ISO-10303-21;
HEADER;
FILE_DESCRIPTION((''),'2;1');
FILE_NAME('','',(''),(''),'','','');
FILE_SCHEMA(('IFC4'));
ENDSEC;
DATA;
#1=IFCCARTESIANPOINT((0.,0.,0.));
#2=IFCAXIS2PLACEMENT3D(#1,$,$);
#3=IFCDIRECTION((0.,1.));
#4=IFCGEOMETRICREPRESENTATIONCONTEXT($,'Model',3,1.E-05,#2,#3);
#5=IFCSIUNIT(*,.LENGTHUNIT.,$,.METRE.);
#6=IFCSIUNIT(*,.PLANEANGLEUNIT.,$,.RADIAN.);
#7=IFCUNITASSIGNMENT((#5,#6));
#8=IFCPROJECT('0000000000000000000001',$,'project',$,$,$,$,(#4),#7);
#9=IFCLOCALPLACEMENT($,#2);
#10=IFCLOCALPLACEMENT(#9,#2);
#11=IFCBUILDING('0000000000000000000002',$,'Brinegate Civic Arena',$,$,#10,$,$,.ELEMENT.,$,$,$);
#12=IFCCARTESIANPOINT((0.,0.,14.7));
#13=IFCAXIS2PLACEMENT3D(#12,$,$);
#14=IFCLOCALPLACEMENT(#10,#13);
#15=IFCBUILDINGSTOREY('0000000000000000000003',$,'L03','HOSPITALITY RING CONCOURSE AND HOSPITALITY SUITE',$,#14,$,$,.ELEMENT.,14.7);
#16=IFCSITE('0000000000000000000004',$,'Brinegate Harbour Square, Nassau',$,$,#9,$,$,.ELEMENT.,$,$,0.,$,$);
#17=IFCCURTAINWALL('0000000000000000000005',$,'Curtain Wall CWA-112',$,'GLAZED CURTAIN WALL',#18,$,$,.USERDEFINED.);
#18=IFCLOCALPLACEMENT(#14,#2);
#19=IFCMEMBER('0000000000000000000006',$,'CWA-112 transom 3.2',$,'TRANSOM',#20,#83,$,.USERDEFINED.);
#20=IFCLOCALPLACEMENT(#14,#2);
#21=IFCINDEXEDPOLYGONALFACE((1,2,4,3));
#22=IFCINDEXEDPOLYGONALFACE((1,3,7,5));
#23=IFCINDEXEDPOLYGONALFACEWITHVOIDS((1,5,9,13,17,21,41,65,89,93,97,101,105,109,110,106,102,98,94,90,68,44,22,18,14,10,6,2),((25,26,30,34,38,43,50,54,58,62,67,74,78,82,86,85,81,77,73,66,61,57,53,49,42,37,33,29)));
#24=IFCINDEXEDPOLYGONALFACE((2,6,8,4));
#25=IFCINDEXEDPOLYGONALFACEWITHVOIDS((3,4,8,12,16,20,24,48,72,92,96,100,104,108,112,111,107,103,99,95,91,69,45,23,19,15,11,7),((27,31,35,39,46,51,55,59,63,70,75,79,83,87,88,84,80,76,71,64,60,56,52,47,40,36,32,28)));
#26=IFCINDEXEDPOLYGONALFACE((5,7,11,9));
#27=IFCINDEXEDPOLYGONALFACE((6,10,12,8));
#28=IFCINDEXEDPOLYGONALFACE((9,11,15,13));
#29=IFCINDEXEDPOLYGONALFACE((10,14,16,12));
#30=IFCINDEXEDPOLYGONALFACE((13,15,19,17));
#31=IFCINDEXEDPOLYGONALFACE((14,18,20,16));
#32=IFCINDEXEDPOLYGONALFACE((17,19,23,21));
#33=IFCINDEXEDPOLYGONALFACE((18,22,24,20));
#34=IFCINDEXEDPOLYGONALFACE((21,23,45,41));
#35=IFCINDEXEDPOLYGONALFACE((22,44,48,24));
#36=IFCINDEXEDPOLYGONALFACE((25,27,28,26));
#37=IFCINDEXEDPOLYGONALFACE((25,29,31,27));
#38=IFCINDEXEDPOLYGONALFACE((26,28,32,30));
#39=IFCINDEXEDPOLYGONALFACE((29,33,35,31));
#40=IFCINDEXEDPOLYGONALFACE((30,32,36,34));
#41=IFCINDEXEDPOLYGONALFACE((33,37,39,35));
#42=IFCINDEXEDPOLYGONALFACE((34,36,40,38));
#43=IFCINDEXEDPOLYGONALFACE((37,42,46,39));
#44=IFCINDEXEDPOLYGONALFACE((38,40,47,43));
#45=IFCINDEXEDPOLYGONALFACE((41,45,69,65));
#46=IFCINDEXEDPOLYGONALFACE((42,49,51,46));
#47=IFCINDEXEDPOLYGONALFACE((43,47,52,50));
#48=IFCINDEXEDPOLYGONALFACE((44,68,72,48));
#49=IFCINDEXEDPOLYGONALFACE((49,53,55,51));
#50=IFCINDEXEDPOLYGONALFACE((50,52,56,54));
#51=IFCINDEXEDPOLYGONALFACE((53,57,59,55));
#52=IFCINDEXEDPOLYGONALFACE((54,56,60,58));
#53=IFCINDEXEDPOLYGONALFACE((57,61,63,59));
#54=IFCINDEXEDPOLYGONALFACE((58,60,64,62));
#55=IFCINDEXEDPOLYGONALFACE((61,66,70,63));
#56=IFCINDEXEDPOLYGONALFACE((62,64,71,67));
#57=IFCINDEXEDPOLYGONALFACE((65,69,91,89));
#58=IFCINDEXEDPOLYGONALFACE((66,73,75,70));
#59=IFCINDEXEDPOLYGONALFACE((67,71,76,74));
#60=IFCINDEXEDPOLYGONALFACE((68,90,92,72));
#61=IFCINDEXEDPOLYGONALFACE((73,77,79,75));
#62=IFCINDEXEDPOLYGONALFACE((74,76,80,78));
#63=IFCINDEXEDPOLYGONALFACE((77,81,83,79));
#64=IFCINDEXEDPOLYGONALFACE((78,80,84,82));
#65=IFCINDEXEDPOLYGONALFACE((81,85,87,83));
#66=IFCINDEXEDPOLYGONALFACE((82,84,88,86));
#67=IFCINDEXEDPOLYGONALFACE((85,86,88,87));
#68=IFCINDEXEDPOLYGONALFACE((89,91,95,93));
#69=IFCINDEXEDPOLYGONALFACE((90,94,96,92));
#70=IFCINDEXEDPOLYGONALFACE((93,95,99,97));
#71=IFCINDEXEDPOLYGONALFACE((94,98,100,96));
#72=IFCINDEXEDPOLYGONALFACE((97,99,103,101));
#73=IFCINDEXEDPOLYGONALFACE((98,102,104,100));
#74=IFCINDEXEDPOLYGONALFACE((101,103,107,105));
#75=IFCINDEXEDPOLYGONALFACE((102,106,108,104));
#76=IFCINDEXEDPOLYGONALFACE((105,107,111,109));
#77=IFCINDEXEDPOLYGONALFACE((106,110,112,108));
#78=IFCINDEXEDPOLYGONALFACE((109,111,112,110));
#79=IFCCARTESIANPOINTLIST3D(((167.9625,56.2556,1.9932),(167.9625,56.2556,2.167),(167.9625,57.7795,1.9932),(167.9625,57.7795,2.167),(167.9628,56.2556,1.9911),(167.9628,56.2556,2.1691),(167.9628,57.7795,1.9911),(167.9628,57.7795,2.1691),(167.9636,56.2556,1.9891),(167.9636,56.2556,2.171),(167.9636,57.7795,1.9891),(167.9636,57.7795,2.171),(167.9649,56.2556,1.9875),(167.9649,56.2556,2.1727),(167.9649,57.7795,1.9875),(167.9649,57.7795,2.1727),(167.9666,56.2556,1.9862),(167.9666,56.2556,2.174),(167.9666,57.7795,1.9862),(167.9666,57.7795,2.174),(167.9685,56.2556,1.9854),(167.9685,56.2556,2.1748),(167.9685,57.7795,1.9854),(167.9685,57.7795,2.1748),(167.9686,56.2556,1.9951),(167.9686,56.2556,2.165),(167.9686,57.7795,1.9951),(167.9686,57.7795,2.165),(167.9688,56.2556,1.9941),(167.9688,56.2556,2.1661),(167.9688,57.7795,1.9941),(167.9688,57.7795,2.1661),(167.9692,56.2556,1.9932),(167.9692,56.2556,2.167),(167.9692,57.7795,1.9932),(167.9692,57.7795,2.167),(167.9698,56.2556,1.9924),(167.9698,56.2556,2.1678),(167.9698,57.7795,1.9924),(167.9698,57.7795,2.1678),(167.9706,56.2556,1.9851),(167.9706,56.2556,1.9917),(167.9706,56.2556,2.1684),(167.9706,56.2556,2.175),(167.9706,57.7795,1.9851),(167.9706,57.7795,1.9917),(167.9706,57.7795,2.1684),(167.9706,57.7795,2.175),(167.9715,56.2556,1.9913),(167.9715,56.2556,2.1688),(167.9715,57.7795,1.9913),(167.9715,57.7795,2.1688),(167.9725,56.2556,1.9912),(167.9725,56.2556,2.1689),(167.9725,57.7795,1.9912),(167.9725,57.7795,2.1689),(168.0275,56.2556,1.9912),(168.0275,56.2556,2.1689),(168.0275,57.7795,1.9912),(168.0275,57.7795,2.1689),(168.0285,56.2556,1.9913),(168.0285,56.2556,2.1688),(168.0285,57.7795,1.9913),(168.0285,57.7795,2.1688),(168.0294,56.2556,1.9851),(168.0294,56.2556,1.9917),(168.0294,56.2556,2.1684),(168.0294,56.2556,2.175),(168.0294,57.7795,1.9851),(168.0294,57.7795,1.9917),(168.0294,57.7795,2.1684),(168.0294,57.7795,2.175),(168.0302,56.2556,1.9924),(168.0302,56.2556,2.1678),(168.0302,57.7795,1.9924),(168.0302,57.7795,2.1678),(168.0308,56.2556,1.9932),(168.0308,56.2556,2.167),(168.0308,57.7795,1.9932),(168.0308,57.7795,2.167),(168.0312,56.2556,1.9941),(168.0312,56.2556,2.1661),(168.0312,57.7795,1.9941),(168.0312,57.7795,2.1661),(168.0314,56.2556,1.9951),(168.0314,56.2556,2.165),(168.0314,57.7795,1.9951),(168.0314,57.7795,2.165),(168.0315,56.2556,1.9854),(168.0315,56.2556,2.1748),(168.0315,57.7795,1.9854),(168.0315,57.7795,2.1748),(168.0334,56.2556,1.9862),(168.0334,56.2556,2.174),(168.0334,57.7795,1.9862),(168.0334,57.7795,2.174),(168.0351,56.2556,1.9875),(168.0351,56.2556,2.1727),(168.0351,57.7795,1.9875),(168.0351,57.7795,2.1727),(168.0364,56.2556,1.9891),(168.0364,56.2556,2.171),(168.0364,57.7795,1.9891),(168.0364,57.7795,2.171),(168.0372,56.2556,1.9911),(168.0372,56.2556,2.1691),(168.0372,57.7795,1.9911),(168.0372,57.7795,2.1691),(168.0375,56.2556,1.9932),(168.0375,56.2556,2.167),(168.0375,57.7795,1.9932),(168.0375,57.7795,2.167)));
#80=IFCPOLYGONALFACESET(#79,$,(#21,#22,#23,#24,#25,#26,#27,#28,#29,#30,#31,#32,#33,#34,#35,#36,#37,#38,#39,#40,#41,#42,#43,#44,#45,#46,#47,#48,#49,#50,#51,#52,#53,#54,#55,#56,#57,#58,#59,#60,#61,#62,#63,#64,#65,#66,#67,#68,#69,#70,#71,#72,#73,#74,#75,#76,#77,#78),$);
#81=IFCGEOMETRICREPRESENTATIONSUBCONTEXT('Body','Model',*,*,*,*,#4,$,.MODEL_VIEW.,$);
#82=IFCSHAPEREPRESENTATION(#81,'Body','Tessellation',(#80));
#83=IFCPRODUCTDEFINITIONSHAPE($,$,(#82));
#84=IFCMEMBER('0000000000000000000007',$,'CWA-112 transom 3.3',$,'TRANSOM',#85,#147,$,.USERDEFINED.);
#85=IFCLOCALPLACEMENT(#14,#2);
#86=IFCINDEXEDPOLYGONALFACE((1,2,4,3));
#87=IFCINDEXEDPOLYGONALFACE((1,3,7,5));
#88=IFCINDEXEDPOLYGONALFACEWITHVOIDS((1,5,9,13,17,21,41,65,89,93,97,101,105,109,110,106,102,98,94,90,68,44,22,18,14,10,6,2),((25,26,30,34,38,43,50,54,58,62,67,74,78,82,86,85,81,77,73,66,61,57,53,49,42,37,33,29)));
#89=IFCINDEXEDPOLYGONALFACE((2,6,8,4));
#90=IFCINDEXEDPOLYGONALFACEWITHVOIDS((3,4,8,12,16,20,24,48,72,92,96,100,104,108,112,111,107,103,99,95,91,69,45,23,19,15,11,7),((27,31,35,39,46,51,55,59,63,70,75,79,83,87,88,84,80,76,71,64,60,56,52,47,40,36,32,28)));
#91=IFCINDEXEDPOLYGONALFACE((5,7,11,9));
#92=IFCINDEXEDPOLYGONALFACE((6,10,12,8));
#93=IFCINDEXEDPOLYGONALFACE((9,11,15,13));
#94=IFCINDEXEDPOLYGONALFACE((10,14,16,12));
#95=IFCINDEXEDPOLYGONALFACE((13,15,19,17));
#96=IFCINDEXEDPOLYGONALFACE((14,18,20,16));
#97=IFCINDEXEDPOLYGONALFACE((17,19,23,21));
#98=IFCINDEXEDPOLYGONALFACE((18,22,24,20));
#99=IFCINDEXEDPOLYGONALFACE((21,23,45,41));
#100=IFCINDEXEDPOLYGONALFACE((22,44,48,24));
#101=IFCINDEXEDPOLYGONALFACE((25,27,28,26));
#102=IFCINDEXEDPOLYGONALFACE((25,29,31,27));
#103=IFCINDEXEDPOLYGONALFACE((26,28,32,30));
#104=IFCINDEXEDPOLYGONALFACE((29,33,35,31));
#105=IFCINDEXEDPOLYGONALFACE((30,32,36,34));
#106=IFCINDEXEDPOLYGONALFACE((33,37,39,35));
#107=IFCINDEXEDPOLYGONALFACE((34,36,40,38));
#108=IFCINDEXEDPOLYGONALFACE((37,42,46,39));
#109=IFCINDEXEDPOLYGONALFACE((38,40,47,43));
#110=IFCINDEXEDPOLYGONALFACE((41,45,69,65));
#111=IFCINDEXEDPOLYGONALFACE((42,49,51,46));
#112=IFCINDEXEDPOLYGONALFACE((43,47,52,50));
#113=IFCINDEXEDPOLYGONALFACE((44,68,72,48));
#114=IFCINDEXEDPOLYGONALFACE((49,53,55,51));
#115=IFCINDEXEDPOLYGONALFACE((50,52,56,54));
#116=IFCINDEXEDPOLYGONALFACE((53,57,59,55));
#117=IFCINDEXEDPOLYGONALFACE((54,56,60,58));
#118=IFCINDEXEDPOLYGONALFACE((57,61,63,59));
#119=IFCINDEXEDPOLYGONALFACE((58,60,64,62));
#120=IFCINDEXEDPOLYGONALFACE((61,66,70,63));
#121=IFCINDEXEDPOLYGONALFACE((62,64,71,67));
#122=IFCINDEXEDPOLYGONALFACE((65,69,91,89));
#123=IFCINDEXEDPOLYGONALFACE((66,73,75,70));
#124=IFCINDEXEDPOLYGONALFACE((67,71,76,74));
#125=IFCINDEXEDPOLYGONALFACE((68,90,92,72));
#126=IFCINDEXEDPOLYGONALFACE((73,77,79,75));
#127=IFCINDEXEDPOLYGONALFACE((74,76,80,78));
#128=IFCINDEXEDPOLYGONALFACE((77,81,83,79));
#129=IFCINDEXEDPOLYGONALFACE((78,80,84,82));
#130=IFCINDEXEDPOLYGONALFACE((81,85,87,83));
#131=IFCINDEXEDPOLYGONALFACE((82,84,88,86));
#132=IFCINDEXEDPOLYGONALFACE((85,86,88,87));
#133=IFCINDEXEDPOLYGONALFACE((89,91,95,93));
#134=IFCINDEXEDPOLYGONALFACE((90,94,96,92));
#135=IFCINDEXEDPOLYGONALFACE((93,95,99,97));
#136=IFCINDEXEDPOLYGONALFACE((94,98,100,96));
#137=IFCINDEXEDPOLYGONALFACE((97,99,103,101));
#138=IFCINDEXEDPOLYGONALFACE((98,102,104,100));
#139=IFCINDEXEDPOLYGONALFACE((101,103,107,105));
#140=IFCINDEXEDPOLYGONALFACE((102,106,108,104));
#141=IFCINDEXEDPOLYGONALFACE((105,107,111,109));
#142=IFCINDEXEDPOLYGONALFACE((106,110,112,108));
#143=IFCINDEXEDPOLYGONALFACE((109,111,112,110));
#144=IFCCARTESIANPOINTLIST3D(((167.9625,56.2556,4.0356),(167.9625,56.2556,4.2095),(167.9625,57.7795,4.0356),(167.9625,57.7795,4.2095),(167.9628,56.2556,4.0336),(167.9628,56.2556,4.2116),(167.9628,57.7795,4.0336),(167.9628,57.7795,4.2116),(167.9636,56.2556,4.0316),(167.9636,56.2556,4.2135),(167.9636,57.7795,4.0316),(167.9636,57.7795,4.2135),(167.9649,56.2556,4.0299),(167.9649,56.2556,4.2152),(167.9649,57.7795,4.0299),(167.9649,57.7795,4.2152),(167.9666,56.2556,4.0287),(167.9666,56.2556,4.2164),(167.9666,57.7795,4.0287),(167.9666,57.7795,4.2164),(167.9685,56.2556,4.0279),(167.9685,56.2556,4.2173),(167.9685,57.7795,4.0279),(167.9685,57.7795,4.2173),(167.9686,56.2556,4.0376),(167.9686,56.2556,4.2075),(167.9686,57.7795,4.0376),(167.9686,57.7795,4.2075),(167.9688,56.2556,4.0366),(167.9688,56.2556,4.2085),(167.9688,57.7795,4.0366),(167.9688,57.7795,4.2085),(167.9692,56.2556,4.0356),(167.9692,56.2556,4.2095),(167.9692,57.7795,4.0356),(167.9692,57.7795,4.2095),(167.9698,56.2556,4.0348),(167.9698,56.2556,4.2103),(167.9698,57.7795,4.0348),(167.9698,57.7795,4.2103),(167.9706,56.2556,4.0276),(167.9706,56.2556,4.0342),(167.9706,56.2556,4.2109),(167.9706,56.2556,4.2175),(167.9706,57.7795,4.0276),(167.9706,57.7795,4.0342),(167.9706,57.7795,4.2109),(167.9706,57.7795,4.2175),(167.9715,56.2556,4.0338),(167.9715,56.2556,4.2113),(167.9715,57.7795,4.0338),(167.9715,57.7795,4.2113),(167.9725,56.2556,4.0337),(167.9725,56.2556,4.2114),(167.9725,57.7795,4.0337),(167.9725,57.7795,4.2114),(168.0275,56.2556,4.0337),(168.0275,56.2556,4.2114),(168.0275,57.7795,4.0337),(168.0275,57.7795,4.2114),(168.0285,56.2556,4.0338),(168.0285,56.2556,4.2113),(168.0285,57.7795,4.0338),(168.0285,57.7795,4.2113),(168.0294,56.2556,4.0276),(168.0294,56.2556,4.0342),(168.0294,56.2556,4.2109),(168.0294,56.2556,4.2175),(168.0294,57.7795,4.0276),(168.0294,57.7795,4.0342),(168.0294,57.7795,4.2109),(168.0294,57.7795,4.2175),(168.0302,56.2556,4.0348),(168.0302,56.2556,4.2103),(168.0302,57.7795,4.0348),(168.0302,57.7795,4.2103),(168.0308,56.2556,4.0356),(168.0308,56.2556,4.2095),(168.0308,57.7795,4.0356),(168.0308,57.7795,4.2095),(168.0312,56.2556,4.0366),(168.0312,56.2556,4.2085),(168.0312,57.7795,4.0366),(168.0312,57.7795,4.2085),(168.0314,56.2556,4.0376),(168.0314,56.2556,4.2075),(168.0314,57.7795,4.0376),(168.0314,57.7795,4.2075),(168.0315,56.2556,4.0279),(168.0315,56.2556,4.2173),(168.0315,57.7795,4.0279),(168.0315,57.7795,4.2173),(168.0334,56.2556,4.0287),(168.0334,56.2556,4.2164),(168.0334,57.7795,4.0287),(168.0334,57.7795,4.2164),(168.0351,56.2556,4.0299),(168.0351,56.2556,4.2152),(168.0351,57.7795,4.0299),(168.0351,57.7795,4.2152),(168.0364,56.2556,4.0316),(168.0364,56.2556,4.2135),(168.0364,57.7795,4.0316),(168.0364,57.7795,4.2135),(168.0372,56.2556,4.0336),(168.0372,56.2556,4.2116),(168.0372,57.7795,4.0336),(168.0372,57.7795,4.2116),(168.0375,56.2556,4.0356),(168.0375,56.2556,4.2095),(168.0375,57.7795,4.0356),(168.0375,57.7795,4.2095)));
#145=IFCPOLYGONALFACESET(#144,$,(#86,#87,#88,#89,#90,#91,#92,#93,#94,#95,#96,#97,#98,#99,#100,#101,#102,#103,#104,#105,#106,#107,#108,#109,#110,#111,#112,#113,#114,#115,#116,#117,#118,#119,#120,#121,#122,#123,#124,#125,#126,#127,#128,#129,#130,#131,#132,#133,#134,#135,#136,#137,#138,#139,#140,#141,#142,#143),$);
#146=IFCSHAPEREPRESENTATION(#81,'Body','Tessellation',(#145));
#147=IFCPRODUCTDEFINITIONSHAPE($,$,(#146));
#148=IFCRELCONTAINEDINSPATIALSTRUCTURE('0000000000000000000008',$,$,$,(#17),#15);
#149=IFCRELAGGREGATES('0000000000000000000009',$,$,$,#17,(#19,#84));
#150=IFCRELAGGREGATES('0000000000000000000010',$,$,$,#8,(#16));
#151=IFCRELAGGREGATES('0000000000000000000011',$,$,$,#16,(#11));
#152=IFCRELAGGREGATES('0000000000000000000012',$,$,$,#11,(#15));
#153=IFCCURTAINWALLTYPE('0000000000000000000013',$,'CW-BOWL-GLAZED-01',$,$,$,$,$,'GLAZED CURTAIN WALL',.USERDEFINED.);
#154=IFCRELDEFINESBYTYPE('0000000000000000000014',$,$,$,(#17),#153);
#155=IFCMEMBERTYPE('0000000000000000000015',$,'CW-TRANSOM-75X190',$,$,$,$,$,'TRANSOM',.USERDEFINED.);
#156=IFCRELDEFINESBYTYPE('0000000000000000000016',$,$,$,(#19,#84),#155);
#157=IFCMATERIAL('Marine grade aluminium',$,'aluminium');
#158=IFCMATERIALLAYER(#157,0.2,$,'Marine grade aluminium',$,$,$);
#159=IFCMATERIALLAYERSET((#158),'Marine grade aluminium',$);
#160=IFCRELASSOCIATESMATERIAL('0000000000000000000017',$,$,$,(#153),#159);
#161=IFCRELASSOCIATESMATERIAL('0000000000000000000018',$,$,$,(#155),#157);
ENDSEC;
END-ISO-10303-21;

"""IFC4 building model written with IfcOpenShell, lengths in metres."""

from ifc_helpers import new_model, si_unit, direction, frame, origin, origin_2d, place, context, subcontext, project, spatial, hollow_rectangle, extrude, material, layer, layer_set, material_profile, profile_set, type_object, element, aggregate, save


model = new_model("IFC4")

# Units and contexts
model_context = context("Model", 3, precision=1e-05, world=origin(), true_north=direction((0.0, 1.0)))
body_context = subcontext(model_context, "Body", "Model", "MODEL_VIEW")
ifc_project = project(units=[si_unit("LENGTHUNIT", "METRE"), si_unit("PLANEANGLEUNIT", "RADIAN")], contexts=[model_context])

# Site, building, storey
site_placement = place(None, origin())
site = spatial("IfcSite", under=ifc_project, at=site_placement, Name="Brinegate Harbour Square, Nassau", CompositionType="ELEMENT", RefElevation=0.0)
building_placement = place(site_placement, origin())
building = spatial("IfcBuilding", under=site, at=building_placement, Name="Brinegate Civic Arena", CompositionType="ELEMENT")
storey_placement = place(building_placement, frame((0.0, 0.0, 14.7)))
storey = spatial("IfcBuildingStorey", under=building, at=storey_placement, Name="L03", Description="HOSPITALITY RING CONCOURSE AND HOSPITALITY SUITE", CompositionType="ELEMENT", Elevation=14.7)

# Curtain wall
ifc_material_1 = material(Name="Marine grade aluminium", Category="aluminium")
ifc_layer_1 = layer(ifc_material_1, 0.2, Name="Marine grade aluminium")
ifc_layer_set_1 = layer_set([ifc_layer_1], Name="Marine grade aluminium")
curtain_wall_type = type_object("IfcCurtainWallType", Name="CW-BOWL-GLAZED-01", ElementType="GLAZED CURTAIN WALL", PredefinedType="USERDEFINED", material=ifc_layer_set_1)
curtain_wall_1_placement = place(storey_placement, origin())
curtain_wall_1 = element("IfcCurtainWall", 1, at=curtain_wall_1_placement, inside=storey, type_object=curtain_wall_type, Name="Curtain Wall CWA-112", ObjectType="GLAZED CURTAIN WALL", PredefinedType="USERDEFINED")

# Members
ifc_material_profile_1 = material_profile(ifc_material_1, hollow_rectangle(XDim=0.075, YDim=0.1899, WallThickness=0.0061, InnerFilletRadius=0.0039, OuterFilletRadius=0.0081, at=origin_2d()), Name="TRN75X190")
ifc_profile_set_1 = profile_set([ifc_material_profile_1], Name="Marine grade aluminium")
member_type_1 = type_object("IfcMemberType", Name="CW-TRANSOM-75X190", ElementType="TRANSOM", PredefinedType="USERDEFINED", material=ifc_profile_set_1)
member_1_placement = place(storey_placement, frame((168.0, 56.2556, 2.0801), z_axis=(0.0, 1.0, 0.0), x_axis=(-1.0, 0.0, 0.0)))
member_1 = element("IfcMember", 2, at=member_1_placement, type_object=member_type_1, Name="CWA-112 transom 3.2", ObjectType="TRANSOM", PredefinedType="USERDEFINED", context=body_context, shape_type="SweptSolid", body=[
    extrude(hollow_rectangle(XDim=0.075, YDim=0.1899, WallThickness=0.0061, InnerFilletRadius=0.0039, OuterFilletRadius=0.0081, at=origin_2d()), origin(), (0.0, 0.0, 1.0), 1.5239),
])
member_2_placement = place(storey_placement, frame((168.0, 56.2556, 4.1226), z_axis=(0.0, 1.0, 0.0), x_axis=(-1.0, 0.0, 0.0)))
member_2 = element("IfcMember", 3, at=member_2_placement, type_object=member_type_1, Name="CWA-112 transom 3.3", ObjectType="TRANSOM", PredefinedType="USERDEFINED", context=body_context, shape_type="SweptSolid", body=[
    extrude(hollow_rectangle(XDim=0.075, YDim=0.1899, WallThickness=0.0061, InnerFilletRadius=0.0039, OuterFilletRadius=0.0081, at=origin_2d()), origin(), (0.0, 0.0, 1.0), 1.5239),
])

aggregate(curtain_wall_1, [member_1, member_2])

save(model, "model.ifc")
